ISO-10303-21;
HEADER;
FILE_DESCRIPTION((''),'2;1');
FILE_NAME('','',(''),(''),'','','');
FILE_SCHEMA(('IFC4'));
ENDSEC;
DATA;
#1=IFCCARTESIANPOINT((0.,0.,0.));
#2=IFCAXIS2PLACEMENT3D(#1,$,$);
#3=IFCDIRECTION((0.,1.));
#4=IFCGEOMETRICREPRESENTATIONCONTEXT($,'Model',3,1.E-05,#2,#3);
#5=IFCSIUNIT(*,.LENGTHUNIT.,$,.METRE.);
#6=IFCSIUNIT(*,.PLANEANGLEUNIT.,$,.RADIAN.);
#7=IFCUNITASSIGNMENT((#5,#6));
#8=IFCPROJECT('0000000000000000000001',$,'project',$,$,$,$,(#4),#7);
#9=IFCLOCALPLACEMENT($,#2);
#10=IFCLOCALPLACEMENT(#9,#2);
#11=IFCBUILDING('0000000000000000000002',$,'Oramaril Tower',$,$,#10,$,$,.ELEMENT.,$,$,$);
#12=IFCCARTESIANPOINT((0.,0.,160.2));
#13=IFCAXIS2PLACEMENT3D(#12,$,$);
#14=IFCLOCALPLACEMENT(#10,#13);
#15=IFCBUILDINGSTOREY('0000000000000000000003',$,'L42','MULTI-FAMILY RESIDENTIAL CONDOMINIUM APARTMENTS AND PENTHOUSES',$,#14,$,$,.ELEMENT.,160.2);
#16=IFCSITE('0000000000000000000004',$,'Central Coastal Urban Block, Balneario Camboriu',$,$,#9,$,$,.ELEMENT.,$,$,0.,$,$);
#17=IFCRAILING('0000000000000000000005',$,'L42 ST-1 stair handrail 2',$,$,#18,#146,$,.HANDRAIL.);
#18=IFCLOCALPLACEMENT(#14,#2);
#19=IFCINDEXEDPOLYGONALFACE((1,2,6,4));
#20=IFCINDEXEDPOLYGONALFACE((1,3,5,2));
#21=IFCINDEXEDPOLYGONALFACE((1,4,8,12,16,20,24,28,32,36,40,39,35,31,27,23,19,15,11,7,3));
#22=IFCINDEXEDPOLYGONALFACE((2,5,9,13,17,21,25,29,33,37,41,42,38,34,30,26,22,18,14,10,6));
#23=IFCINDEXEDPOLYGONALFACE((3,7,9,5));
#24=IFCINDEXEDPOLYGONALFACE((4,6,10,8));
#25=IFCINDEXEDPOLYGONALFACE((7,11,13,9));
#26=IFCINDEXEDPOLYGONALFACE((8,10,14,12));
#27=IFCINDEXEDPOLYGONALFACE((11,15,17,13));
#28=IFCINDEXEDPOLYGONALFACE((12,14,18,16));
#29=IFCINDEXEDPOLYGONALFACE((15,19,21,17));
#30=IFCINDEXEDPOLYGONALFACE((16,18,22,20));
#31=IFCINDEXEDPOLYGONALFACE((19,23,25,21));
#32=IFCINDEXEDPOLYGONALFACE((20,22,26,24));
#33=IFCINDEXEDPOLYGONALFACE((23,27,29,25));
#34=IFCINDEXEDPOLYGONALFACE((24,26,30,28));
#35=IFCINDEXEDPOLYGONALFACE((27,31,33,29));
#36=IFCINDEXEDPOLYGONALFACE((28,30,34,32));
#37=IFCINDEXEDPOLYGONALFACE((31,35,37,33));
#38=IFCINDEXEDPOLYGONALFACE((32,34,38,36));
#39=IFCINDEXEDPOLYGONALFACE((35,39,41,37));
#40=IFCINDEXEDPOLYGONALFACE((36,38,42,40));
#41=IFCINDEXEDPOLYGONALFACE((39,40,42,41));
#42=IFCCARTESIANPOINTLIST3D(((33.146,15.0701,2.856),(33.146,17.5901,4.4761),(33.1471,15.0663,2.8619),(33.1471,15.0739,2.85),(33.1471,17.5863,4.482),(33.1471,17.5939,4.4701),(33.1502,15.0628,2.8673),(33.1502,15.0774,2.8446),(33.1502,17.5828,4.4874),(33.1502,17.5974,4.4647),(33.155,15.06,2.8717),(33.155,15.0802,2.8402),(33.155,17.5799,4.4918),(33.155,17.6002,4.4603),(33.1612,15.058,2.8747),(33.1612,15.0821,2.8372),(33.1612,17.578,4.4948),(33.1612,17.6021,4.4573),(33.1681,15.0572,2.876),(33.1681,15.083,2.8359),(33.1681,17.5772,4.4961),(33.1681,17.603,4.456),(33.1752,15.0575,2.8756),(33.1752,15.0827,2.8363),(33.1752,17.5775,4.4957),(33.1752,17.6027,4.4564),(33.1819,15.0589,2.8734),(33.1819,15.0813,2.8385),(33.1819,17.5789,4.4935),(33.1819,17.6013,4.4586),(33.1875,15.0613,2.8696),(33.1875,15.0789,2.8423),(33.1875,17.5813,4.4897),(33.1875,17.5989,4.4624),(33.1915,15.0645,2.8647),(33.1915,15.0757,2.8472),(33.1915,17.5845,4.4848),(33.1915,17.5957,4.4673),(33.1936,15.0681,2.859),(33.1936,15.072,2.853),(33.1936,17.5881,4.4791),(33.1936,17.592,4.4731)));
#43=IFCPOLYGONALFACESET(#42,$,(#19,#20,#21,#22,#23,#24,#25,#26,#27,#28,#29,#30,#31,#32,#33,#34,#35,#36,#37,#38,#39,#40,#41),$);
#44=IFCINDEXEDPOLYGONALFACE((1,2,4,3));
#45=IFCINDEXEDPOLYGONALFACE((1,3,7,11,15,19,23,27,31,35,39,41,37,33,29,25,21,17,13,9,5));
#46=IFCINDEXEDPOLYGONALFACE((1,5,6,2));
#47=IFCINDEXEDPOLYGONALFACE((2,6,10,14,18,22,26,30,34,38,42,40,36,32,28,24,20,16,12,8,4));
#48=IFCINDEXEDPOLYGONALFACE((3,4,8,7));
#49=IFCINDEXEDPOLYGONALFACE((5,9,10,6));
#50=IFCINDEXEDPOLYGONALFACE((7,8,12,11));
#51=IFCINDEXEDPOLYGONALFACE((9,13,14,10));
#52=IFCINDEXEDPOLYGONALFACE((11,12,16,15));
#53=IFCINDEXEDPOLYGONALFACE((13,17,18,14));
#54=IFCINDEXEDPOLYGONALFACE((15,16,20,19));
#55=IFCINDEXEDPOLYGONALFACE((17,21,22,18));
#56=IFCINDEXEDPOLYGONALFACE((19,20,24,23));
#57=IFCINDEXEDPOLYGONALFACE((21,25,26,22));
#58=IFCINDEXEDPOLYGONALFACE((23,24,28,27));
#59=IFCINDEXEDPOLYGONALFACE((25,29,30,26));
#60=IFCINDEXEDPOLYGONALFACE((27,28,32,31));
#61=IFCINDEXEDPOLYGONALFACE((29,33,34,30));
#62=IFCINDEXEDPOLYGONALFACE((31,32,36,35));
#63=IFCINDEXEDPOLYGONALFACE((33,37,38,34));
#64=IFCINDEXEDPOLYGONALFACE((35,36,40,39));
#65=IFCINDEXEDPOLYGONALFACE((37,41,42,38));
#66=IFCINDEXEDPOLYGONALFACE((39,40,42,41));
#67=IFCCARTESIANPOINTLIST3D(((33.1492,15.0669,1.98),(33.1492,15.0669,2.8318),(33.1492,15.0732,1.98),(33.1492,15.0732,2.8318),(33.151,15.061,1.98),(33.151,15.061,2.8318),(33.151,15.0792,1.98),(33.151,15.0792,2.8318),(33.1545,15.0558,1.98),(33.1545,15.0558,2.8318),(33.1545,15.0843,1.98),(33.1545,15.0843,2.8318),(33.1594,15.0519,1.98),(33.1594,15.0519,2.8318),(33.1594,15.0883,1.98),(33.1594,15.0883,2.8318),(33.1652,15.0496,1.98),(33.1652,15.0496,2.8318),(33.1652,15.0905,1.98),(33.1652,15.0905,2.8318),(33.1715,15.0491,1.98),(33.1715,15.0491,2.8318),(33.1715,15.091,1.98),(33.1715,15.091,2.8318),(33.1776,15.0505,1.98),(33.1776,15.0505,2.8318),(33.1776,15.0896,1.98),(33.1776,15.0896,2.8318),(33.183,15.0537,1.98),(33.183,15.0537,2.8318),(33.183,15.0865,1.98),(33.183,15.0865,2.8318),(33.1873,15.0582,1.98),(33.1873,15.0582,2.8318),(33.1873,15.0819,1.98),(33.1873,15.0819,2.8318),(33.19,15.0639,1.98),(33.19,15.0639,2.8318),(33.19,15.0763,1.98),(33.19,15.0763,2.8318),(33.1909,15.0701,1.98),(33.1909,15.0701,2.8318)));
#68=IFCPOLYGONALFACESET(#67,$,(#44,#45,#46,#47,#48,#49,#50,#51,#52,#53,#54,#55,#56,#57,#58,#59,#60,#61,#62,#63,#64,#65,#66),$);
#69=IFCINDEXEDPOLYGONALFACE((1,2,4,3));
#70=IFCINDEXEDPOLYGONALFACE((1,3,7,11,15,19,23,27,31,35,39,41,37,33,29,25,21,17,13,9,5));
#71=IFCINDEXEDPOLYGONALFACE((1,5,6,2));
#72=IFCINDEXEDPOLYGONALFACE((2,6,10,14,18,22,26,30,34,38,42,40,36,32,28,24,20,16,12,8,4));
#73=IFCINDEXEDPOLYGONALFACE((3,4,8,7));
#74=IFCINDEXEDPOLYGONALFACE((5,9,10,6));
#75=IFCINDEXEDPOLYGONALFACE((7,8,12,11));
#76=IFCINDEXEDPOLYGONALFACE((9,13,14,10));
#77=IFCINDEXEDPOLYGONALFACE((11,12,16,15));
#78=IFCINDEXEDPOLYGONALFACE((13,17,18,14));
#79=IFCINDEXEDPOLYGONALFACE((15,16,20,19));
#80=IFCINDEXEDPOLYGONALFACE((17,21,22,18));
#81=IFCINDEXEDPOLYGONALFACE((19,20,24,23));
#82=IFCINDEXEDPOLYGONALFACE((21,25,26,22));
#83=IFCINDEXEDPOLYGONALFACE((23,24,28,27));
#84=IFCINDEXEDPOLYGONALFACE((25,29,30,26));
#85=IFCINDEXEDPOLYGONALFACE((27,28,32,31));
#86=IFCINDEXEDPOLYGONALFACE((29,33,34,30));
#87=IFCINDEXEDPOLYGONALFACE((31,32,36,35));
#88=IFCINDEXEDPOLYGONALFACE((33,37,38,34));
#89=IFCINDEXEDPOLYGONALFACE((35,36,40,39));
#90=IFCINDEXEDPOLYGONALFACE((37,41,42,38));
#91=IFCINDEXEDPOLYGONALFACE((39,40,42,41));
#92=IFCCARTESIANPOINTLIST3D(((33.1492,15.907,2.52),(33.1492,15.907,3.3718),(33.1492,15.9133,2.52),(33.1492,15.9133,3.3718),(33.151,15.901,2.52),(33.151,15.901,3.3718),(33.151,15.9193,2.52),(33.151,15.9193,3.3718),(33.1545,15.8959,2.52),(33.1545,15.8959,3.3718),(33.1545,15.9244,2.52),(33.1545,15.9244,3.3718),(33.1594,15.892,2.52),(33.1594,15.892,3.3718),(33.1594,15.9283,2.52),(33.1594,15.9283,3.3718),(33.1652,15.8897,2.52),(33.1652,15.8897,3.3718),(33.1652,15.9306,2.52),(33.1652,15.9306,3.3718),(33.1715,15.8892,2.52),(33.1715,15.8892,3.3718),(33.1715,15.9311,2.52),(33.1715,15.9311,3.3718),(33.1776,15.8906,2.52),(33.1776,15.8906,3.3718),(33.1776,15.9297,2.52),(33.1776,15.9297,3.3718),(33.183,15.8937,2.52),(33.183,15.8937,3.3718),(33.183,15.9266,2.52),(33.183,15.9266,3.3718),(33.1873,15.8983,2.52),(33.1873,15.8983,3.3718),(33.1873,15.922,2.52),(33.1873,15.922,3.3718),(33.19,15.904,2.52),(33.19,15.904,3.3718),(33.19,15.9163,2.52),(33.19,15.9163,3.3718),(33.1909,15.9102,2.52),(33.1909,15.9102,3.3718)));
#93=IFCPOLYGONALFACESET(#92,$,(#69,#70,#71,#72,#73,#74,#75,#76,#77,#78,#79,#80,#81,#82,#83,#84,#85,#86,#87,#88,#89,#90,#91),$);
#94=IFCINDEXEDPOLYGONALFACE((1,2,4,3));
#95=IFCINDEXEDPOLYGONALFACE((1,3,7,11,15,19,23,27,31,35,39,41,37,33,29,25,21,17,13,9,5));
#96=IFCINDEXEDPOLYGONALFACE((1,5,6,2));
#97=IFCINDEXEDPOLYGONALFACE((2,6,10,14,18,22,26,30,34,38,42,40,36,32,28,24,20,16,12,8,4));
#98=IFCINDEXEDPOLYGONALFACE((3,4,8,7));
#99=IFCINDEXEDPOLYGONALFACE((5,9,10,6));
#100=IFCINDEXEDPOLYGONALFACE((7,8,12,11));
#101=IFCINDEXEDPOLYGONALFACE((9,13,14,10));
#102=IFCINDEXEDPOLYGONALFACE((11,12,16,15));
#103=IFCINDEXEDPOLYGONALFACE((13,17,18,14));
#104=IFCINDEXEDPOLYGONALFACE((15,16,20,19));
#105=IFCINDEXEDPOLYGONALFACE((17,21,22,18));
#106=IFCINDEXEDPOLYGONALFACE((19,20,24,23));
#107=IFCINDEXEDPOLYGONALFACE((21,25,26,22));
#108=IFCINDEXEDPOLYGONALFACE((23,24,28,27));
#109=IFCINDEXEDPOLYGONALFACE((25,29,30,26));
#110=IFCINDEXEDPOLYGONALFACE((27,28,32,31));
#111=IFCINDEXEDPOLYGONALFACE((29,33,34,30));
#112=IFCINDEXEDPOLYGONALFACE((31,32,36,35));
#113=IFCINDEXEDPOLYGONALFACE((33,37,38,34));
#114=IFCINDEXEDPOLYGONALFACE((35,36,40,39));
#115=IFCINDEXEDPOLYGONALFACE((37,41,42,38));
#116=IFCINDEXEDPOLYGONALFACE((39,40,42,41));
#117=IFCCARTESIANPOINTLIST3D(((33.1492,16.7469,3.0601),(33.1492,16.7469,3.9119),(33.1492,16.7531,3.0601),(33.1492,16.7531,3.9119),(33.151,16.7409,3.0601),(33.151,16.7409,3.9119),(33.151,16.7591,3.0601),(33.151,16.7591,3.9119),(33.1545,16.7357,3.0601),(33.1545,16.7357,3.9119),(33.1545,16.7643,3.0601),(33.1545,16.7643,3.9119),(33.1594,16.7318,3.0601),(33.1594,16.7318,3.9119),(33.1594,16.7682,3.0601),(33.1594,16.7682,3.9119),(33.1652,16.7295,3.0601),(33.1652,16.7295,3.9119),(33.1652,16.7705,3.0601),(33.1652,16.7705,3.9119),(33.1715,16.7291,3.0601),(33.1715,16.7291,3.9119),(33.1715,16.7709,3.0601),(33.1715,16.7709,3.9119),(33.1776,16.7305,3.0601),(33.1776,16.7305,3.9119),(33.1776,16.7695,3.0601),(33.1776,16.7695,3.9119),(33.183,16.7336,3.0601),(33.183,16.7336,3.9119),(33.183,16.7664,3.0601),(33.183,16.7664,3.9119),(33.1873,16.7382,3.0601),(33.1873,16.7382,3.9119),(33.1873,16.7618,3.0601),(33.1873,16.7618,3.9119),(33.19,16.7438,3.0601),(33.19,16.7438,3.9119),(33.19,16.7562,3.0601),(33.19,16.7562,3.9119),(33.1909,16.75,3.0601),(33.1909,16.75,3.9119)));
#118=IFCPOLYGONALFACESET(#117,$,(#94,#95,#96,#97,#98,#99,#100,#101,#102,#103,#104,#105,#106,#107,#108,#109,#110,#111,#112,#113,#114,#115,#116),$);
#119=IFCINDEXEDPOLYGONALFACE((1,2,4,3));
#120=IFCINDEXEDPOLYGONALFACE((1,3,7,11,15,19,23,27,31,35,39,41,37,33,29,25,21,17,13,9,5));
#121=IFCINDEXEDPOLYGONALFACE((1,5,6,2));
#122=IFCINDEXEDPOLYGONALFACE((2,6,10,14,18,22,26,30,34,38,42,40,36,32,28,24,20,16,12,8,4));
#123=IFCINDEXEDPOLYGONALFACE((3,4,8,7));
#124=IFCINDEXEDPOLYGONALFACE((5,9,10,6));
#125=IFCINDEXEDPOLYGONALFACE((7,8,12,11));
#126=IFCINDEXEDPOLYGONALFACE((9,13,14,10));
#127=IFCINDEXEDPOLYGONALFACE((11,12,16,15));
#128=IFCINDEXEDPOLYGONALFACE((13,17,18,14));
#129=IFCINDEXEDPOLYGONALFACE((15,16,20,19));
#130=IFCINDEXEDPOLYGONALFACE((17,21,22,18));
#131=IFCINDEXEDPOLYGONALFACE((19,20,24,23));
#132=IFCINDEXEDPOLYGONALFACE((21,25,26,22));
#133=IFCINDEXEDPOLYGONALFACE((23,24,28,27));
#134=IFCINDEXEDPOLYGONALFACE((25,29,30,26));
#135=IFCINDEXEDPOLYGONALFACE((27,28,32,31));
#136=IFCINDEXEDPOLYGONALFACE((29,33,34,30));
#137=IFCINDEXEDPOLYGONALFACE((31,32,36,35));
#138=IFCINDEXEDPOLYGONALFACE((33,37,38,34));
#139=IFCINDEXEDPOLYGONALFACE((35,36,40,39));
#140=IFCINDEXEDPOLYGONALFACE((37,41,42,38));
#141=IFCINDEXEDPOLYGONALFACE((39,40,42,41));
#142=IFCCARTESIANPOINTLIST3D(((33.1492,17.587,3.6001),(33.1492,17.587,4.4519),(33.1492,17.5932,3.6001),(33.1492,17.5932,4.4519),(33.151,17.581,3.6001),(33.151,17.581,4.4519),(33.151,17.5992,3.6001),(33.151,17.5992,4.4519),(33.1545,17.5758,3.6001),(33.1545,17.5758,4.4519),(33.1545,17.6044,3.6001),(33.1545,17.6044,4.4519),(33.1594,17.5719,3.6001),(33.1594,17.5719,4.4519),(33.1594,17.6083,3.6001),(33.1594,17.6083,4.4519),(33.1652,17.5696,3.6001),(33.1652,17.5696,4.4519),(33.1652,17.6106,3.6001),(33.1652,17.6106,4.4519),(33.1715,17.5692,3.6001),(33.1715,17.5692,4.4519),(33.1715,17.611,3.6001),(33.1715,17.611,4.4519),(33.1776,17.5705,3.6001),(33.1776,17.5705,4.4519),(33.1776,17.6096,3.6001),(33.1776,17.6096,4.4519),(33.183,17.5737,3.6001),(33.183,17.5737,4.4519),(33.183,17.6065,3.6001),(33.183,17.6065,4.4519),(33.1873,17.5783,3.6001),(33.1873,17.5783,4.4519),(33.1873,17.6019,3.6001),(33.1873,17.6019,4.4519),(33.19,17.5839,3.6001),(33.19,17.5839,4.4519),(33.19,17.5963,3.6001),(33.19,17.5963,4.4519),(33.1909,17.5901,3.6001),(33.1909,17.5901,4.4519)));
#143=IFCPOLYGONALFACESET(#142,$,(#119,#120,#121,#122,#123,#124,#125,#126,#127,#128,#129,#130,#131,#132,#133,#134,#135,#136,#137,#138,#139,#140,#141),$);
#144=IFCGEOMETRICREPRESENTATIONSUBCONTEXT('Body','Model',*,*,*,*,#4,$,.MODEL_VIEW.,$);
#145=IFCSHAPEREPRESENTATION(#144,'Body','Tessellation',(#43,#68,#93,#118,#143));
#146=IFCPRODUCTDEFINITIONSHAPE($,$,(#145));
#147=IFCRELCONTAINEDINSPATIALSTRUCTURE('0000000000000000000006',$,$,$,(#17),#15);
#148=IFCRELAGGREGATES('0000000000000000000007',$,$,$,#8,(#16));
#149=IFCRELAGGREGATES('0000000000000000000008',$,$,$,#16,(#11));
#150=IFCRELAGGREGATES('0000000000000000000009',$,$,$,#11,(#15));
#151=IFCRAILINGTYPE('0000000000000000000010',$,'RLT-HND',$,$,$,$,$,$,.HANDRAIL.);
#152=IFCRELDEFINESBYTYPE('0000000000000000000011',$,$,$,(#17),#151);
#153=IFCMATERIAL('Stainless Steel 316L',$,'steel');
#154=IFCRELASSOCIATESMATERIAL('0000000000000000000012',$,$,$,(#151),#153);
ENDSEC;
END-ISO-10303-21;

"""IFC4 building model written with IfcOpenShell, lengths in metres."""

from ifc_helpers import new_model, si_unit, direction, frame, origin, origin_2d, place, context, subcontext, project, spatial, circle, extrude, material, type_object, element, save


model = new_model("IFC4")

# Units and contexts
model_context = context("Model", 3, precision=1e-05, world=origin(), true_north=direction((0.0, 1.0)))
body_context = subcontext(model_context, "Body", "Model", "MODEL_VIEW")
ifc_project = project(units=[si_unit("LENGTHUNIT", "METRE"), si_unit("PLANEANGLEUNIT", "RADIAN")], contexts=[model_context])

# Site, building, storey
site_placement = place(None, origin())
site = spatial("IfcSite", under=ifc_project, at=site_placement, Name="Central Coastal Urban Block, Balneario Camboriu", CompositionType="ELEMENT", RefElevation=0.0)
building_placement = place(site_placement, origin())
building = spatial("IfcBuilding", under=site, at=building_placement, Name="Oramaril Tower", CompositionType="ELEMENT")
storey_placement = place(building_placement, frame((0.0, 0.0, 160.2)))
storey = spatial("IfcBuildingStorey", under=building, at=storey_placement, Name="L42", Description="MULTI-FAMILY RESIDENTIAL CONDOMINIUM APARTMENTS AND PENTHOUSES", CompositionType="ELEMENT", Elevation=160.2)

# Railing
ifc_material_1 = material(Name="Stainless Steel 316L", Category="steel")
railing_type_1 = type_object("IfcRailingType", Name="RLT-HND", PredefinedType="HANDRAIL", material=ifc_material_1)
for number, where, name in (
    (1, (33.1699, 15.0701, 1.98), "L42 ST-1 stair handrail 2"),
):
    element("IfcRailing", number, at=place(storey_placement, frame(where)), inside=storey, type_object=railing_type_1, Name=name, PredefinedType="HANDRAIL", context=body_context, shape_type="SweptSolid", body=[
        extrude(circle(Radius=0.0239, at=origin_2d()), frame((0.0, 0.0, 0.876), z_axis=(0.0, 0.841163, 0.540782), x_axis=(-1.0, 0.0, 0.0)), (0.0, 0.0, 1.0), 2.9958),
        extrude(circle(Radius=0.021, at=origin_2d()), origin(), (0.0, 0.0, 1.0), 0.8518),
        extrude(circle(Radius=0.021, at=origin_2d()), frame((0.0, 0.8401, 0.54)), (0.0, 0.0, 1.0), 0.8518),
        extrude(circle(Radius=0.021, at=origin_2d()), frame((0.0, 1.6799, 1.0801)), (0.0, 0.0, 1.0), 0.8518),
        extrude(circle(Radius=0.021, at=origin_2d()), frame((0.0, 2.52, 1.6201)), (0.0, 0.0, 1.0), 0.8518),
    ])

save(model, "model.ifc")
